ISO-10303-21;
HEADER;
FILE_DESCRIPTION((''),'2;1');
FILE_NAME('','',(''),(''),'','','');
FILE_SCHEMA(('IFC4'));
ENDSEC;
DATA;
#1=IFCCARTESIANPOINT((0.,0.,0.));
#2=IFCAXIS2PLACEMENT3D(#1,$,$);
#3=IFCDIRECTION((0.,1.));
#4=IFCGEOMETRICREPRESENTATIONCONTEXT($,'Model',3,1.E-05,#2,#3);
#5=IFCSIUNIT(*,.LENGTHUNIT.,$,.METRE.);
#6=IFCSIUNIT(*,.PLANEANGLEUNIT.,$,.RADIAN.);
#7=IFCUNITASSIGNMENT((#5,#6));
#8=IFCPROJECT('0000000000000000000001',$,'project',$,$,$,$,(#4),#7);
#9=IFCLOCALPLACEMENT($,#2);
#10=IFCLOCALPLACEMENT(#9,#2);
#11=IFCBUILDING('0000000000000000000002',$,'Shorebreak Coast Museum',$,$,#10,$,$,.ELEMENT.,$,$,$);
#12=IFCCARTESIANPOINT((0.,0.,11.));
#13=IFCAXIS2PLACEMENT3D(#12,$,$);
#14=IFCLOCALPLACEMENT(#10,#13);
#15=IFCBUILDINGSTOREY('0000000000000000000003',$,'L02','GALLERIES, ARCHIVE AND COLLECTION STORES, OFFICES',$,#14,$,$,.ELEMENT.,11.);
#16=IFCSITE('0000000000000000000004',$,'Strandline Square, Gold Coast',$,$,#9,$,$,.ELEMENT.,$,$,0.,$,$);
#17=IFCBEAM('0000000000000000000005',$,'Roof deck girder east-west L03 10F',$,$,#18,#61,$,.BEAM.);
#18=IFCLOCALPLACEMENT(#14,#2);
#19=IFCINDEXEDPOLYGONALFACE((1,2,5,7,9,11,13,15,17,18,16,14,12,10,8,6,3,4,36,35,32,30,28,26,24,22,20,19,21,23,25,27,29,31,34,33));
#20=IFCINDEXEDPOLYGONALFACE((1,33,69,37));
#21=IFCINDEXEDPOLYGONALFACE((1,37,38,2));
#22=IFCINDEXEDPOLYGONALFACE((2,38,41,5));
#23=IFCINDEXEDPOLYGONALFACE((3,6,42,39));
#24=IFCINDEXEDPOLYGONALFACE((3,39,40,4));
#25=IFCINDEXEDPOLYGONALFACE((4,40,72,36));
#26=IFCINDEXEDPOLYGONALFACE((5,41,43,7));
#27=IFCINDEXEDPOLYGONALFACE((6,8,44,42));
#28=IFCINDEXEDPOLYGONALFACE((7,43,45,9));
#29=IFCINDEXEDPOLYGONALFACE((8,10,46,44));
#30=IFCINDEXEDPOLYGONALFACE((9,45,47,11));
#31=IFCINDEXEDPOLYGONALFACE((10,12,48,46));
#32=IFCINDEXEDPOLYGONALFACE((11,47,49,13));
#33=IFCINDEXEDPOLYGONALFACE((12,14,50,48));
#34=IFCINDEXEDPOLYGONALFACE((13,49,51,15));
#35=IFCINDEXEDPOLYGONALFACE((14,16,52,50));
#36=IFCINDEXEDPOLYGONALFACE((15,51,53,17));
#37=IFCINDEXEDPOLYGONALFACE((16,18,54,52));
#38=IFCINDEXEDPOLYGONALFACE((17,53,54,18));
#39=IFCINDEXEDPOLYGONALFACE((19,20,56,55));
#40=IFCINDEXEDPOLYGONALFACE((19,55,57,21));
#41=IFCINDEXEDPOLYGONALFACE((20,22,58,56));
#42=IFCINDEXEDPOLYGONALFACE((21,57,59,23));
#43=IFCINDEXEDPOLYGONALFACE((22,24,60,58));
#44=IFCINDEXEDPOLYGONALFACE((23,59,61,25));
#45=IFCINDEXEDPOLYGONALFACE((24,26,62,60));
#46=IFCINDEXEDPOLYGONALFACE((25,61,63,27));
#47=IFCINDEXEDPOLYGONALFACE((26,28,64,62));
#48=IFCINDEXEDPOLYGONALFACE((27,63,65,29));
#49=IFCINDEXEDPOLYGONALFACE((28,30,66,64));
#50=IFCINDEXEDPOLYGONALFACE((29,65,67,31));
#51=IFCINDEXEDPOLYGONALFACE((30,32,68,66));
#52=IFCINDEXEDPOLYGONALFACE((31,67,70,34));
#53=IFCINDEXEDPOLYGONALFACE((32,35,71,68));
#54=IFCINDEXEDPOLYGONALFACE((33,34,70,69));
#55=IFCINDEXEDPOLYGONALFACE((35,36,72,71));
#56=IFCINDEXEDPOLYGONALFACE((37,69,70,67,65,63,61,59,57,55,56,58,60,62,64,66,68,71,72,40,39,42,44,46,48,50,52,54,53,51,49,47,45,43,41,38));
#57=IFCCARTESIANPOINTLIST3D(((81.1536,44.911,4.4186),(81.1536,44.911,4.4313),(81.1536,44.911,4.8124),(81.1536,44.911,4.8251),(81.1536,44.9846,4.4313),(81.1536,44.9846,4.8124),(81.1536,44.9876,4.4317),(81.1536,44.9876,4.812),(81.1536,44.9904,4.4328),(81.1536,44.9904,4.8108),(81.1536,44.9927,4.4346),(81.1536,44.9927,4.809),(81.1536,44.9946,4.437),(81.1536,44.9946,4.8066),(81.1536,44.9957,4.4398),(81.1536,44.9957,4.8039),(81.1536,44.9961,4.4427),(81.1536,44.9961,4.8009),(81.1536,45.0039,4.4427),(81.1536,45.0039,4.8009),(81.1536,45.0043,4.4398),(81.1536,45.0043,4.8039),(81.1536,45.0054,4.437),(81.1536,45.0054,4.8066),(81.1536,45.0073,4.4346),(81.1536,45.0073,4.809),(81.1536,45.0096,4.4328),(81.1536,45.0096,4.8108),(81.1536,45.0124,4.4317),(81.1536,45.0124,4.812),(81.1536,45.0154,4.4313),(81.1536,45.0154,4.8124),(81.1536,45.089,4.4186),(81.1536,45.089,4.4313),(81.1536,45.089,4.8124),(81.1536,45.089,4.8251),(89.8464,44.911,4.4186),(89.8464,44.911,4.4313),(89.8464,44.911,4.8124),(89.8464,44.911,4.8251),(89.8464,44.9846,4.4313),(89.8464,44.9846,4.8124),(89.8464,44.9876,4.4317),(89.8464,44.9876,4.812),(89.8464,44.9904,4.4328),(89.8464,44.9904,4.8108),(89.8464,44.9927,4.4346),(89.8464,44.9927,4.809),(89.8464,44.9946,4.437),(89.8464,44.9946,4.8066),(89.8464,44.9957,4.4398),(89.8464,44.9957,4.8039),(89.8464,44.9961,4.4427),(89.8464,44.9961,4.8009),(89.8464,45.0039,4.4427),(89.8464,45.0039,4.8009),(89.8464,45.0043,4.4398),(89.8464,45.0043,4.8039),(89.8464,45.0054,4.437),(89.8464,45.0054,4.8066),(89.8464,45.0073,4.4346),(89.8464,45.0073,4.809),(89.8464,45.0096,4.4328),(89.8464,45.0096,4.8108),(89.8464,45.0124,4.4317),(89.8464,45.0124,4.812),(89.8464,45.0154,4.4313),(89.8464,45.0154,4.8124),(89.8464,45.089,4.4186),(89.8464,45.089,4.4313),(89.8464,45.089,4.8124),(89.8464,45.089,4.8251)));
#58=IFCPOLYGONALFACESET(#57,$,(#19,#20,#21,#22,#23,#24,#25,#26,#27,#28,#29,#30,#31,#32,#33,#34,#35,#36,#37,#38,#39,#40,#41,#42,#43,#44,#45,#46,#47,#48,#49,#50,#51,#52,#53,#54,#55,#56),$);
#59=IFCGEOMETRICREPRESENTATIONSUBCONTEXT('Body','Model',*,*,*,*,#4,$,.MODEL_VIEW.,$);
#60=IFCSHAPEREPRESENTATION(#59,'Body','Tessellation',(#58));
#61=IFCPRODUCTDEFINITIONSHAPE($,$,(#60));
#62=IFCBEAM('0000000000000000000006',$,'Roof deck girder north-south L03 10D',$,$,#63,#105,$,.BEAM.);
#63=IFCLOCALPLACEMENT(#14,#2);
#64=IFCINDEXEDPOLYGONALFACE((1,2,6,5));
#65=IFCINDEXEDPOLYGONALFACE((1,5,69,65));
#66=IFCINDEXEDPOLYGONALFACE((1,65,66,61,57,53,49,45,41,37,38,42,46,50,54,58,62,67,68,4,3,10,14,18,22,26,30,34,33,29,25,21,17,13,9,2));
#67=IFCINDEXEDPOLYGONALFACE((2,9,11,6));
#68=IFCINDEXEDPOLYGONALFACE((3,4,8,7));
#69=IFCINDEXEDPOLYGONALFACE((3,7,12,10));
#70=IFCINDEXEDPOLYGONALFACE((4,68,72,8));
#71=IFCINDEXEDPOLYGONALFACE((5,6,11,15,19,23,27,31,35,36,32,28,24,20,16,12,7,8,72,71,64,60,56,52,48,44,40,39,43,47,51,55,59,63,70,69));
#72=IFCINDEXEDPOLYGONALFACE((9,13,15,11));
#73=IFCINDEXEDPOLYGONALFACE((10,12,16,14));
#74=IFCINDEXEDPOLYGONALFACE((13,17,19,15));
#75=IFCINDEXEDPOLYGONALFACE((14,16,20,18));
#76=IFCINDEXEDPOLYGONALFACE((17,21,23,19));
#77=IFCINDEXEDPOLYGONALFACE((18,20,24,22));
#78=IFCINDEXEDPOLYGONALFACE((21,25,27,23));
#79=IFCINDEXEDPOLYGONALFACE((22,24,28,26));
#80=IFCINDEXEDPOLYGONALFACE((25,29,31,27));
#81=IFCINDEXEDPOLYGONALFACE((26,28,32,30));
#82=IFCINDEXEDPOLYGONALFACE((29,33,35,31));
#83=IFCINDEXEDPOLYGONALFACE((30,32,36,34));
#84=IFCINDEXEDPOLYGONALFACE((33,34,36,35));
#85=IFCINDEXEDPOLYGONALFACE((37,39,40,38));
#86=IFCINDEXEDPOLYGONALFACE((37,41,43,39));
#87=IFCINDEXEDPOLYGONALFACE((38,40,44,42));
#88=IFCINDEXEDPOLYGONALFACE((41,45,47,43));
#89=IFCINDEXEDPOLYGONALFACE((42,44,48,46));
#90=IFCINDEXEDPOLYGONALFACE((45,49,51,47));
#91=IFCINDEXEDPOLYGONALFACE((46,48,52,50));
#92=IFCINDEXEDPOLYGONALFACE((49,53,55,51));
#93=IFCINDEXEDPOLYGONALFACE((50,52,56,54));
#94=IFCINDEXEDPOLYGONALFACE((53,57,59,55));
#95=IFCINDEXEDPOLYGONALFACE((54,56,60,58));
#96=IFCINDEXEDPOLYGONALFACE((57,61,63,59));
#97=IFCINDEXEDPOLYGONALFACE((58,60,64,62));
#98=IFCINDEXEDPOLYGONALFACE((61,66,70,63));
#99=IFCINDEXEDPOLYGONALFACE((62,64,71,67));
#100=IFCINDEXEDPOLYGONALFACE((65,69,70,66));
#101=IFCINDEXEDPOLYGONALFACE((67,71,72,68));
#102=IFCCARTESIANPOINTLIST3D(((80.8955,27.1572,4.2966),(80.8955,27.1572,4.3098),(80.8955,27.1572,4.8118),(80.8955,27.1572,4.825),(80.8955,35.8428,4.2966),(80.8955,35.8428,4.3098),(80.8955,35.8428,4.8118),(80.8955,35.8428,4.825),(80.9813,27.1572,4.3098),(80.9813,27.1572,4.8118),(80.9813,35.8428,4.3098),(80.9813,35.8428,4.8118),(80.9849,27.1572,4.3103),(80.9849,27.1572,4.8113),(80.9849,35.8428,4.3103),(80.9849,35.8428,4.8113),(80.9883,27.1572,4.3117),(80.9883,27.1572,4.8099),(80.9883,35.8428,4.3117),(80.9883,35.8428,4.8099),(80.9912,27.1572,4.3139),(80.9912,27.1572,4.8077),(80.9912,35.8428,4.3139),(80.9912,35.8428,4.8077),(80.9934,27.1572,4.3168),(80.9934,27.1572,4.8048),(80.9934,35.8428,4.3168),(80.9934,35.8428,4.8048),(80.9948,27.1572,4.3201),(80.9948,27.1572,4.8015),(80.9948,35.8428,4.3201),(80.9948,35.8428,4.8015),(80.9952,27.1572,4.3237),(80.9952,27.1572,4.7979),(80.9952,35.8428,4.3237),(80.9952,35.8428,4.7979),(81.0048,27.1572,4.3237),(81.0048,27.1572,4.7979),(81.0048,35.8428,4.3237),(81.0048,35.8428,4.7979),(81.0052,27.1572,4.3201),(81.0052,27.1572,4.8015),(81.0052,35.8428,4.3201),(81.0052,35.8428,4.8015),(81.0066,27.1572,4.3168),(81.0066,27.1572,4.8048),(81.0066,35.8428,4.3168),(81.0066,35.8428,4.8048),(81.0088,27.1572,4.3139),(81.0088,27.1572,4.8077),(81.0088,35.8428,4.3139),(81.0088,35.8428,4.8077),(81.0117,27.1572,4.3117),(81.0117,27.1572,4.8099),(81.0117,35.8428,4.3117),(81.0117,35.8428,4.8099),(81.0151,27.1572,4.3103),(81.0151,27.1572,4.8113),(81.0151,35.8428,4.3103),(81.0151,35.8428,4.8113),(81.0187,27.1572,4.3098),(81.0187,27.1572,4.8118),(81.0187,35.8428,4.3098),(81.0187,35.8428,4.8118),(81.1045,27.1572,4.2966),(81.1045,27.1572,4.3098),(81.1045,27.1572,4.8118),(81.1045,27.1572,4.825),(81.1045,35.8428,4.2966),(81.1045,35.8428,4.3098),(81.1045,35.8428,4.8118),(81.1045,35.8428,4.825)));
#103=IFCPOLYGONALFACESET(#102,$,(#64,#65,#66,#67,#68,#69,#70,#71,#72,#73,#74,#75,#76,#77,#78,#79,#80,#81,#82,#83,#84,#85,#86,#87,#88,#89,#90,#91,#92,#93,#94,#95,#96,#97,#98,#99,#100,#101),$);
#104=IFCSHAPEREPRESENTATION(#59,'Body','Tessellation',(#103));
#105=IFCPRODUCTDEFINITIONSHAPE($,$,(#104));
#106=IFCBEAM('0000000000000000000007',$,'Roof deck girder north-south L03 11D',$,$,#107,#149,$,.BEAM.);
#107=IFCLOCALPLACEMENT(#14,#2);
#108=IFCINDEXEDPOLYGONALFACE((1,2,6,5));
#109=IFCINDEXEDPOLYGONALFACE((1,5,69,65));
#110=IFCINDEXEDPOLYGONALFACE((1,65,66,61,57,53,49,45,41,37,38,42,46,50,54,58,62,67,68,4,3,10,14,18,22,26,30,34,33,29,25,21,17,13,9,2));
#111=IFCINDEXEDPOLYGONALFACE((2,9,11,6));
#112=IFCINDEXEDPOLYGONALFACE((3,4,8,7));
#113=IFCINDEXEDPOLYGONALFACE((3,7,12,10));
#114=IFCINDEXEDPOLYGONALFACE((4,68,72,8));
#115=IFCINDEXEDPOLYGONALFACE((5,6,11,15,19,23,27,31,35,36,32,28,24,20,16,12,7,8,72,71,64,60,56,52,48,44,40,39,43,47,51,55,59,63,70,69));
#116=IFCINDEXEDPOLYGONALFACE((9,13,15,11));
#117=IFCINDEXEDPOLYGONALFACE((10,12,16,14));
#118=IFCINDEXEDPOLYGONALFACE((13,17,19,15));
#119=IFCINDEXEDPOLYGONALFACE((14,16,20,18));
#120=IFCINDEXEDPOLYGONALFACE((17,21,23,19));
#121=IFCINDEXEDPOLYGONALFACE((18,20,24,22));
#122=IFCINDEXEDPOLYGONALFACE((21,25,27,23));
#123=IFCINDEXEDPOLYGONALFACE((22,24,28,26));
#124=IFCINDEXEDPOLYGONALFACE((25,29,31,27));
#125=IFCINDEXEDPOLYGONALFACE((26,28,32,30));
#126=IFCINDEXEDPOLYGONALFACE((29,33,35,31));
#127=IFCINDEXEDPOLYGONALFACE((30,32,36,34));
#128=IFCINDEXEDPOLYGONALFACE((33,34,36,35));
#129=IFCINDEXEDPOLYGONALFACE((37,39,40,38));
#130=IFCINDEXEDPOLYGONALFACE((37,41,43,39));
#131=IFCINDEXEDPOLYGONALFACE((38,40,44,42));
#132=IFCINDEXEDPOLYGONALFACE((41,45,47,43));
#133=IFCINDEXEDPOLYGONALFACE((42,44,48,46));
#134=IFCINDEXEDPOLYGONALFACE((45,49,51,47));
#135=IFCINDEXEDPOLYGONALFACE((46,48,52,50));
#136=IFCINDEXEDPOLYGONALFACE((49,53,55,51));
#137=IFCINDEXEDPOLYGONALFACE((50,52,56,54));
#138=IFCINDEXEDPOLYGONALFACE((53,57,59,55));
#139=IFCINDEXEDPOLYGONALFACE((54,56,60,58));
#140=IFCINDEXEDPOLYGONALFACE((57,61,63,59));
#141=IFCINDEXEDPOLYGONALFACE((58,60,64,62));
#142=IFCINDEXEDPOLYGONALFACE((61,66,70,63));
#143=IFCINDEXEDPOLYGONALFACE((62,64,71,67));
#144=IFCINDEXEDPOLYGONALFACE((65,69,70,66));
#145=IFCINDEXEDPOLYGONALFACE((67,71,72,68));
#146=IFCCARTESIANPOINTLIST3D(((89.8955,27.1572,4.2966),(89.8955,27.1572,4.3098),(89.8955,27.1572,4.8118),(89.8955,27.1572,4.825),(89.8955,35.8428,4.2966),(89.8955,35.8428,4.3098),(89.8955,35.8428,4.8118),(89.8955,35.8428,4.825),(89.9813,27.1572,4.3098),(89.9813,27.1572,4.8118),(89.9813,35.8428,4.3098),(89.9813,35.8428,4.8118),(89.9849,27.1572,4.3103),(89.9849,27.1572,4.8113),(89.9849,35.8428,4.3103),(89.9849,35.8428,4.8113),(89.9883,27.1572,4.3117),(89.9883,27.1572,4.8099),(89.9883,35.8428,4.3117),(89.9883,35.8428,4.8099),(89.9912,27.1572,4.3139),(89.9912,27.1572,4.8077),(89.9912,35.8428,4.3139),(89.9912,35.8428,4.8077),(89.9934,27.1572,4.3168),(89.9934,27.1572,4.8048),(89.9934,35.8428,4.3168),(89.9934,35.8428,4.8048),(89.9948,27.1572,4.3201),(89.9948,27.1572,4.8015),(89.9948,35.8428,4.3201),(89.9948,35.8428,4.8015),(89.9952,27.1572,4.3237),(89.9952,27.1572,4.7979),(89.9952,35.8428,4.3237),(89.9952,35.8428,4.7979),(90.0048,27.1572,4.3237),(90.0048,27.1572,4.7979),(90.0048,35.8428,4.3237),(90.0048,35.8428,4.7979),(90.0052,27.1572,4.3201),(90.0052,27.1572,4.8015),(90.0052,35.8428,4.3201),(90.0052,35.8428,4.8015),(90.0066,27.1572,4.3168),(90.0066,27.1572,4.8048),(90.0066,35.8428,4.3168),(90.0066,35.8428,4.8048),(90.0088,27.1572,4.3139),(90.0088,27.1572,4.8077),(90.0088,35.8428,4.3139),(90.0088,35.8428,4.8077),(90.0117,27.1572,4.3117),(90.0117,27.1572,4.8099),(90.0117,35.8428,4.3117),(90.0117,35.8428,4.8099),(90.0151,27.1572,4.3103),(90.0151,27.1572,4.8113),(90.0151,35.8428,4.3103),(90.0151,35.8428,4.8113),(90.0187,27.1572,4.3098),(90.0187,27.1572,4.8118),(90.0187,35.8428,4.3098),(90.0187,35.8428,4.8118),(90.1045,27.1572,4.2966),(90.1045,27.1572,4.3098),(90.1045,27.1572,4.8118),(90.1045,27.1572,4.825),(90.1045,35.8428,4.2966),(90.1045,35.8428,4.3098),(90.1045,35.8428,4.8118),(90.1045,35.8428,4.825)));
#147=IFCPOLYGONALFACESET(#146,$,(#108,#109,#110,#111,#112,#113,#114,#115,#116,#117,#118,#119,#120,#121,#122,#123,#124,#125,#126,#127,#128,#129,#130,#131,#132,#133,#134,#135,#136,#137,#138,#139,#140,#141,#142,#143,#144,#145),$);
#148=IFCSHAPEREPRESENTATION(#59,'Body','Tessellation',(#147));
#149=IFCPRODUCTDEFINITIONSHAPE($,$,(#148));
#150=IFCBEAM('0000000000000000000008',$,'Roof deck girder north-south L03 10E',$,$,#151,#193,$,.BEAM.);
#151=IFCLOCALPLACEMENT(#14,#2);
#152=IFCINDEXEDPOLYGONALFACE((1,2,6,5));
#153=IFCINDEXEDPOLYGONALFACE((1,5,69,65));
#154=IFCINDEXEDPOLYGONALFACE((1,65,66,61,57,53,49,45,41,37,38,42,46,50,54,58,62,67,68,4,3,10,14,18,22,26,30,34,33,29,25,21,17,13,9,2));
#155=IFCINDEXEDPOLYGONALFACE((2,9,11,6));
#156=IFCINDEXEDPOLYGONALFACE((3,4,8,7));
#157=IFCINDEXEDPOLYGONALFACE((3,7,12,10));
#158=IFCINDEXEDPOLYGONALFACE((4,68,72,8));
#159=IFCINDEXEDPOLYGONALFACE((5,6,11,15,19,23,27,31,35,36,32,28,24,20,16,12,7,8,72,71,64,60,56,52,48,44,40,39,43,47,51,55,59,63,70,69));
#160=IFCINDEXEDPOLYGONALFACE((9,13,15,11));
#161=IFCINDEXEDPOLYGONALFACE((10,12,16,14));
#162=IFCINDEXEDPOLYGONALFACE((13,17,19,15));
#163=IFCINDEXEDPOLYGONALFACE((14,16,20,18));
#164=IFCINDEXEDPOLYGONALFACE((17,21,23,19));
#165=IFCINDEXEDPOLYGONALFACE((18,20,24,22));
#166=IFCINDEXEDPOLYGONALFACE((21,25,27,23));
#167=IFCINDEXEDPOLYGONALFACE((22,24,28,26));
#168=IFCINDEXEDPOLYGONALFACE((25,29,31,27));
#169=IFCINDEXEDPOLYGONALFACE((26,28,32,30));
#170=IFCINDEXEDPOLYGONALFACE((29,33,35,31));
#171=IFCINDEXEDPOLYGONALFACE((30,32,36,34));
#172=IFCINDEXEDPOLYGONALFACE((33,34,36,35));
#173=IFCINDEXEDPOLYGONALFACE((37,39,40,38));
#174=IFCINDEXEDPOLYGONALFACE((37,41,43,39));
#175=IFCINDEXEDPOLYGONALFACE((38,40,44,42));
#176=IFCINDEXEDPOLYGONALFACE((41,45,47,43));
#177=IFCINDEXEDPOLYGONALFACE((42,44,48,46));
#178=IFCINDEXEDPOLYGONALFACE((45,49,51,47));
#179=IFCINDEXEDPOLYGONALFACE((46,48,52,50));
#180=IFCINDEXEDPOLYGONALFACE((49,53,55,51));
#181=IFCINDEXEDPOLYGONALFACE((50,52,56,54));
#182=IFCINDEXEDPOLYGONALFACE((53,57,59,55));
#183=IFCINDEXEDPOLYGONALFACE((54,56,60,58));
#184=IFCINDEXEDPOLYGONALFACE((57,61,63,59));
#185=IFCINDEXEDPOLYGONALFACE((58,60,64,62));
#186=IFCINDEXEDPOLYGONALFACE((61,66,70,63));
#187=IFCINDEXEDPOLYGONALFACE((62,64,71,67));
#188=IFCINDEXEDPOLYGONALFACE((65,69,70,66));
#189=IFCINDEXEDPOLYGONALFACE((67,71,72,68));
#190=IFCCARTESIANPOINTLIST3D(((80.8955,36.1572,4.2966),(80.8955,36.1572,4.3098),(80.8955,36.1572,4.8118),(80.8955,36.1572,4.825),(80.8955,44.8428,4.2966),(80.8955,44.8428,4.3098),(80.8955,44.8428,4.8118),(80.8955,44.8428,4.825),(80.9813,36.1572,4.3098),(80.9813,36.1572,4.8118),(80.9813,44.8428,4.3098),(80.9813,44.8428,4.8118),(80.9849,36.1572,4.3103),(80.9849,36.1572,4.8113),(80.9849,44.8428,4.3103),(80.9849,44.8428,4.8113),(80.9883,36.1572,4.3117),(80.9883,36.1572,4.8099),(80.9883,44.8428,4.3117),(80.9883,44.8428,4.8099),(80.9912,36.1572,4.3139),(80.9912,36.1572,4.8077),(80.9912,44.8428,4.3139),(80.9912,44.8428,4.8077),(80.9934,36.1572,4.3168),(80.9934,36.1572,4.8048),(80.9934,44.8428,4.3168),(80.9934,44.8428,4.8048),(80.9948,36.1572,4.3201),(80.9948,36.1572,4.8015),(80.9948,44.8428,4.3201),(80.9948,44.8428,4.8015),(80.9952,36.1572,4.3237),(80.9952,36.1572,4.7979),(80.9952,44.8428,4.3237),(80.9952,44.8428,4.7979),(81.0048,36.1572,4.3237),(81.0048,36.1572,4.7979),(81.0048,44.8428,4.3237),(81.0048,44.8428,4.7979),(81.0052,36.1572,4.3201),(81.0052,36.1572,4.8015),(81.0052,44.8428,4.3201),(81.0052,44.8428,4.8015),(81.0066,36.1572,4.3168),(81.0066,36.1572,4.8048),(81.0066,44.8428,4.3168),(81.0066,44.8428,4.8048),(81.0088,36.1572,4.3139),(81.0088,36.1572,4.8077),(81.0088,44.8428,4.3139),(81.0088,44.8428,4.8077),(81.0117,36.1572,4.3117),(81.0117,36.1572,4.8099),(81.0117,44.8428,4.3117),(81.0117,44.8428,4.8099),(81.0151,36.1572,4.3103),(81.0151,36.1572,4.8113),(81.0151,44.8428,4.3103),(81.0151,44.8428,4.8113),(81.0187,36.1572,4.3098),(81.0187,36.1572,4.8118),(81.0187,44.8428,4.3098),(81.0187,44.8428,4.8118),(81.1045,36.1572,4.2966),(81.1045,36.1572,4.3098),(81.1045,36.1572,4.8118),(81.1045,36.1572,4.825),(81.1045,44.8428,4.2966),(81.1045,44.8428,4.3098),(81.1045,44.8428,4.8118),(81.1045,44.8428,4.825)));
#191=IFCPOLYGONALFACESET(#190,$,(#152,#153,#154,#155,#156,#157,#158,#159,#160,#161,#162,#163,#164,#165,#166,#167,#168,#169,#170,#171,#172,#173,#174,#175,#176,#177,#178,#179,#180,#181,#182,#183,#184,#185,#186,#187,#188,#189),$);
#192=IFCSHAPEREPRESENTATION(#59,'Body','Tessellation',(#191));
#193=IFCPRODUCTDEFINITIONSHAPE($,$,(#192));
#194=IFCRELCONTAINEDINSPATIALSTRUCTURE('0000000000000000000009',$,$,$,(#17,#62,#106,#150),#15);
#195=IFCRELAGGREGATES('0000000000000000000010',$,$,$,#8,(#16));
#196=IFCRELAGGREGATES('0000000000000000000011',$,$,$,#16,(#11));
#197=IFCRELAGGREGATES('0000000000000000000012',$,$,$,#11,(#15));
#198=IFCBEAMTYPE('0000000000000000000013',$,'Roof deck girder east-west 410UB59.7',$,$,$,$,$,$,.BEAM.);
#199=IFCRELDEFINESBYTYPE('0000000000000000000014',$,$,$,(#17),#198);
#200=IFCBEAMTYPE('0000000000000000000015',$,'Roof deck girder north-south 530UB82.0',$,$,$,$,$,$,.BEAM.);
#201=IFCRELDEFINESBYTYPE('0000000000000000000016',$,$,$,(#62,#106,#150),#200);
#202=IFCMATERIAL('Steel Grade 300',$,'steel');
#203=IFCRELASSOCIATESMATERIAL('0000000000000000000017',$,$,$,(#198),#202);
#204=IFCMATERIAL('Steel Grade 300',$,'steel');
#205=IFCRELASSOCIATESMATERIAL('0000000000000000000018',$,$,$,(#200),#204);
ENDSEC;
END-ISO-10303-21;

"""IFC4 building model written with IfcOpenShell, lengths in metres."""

from ifc_helpers import new_model, si_unit, direction, frame, origin, origin_2d, place, context, subcontext, project, spatial, i_section, extrude, material, material_profile, profile_set, type_object, element, save


model = new_model("IFC4")

# Units and contexts
model_context = context("Model", 3, precision=1e-05, world=origin(), true_north=direction((0.0, 1.0)))
body_context = subcontext(model_context, "Body", "Model", "MODEL_VIEW")
ifc_project = project(units=[si_unit("LENGTHUNIT", "METRE"), si_unit("PLANEANGLEUNIT", "RADIAN")], contexts=[model_context])

# Site, building, storey
site_placement = place(None, origin())
site = spatial("IfcSite", under=ifc_project, at=site_placement, Name="Strandline Square, Gold Coast", CompositionType="ELEMENT", RefElevation=0.0)
building_placement = place(site_placement, origin())
building = spatial("IfcBuilding", under=site, at=building_placement, Name="Shorebreak Coast Museum", CompositionType="ELEMENT")
storey_placement = place(building_placement, frame((0.0, 0.0, 11.0)))
storey = spatial("IfcBuildingStorey", under=building, at=storey_placement, Name="L02", Description="GALLERIES, ARCHIVE AND COLLECTION STORES, OFFICES", CompositionType="ELEMENT", Elevation=11.0)

# Beams
ifc_material_1 = material(Name="Steel Grade 300", Category="steel")
ifc_material_profile_1 = material_profile(ifc_material_1, i_section(OverallWidth=0.178, OverallDepth=0.4065, WebThickness=0.0078, FlangeThickness=0.0127, FilletRadius=0.0115, at=origin_2d()), Name="410UB59.7")
ifc_profile_set_1 = profile_set([ifc_material_profile_1], Name="Steel Grade 300")
beam_type_1 = type_object("IfcBeamType", Name="Roof deck girder east-west 410UB59.7", PredefinedType="BEAM", material=ifc_profile_set_1)
for number, where, z_axis, x_axis, name in (
    (1, (81.1536, 45.0, 4.6218), (1.0, 0.0, 0.0), (0.0, 1.0, 0.0), "Roof deck girder east-west L03 10F"),
):
    element("IfcBeam", number, at=place(storey_placement, frame(where, z_axis=z_axis, x_axis=x_axis)), inside=storey, type_object=beam_type_1, Name=name, PredefinedType="BEAM", context=body_context, shape_type="SweptSolid", body=[
        extrude(i_section(OverallWidth=0.178, OverallDepth=0.4065, WebThickness=0.0078, FlangeThickness=0.0127, FilletRadius=0.0115, at=origin_2d()), origin(), (0.0, 0.0, 1.0), 8.6929),
    ])
ifc_material_2 = material(Name="Steel Grade 300", Category="steel")
ifc_material_profile_2 = material_profile(ifc_material_2, i_section(OverallWidth=0.209, OverallDepth=0.5283, WebThickness=0.0095, FlangeThickness=0.0132, FilletRadius=0.0139, at=origin_2d()), Name="530UB82.0")
ifc_profile_set_2 = profile_set([ifc_material_profile_2], Name="Steel Grade 300")
beam_type_2 = type_object("IfcBeamType", Name="Roof deck girder north-south 530UB82.0", PredefinedType="BEAM", material=ifc_profile_set_2)
for number, where, z_axis, x_axis, name in (
    (2, (81.0, 27.1572, 4.5608), (0.0, 1.0, 0.0), (-1.0, 0.0, 0.0), "Roof deck girder north-south L03 10D"),
    (3, (90.0, 27.1572, 4.5608), (0.0, 1.0, 0.0), (-1.0, 0.0, 0.0), "Roof deck girder north-south L03 11D"),
    (4, (81.0, 36.1572, 4.5608), (0.0, 1.0, 0.0), (-1.0, 0.0, 0.0), "Roof deck girder north-south L03 10E"),
):
    element("IfcBeam", number, at=place(storey_placement, frame(where, z_axis=z_axis, x_axis=x_axis)), inside=storey, type_object=beam_type_2, Name=name, PredefinedType="BEAM", context=body_context, shape_type="SweptSolid", body=[
        extrude(i_section(OverallWidth=0.209, OverallDepth=0.5283, WebThickness=0.0095, FlangeThickness=0.0132, FilletRadius=0.0139, at=origin_2d()), origin(), (0.0, 0.0, 1.0), 8.6855),
    ])

save(model, "model.ifc")
